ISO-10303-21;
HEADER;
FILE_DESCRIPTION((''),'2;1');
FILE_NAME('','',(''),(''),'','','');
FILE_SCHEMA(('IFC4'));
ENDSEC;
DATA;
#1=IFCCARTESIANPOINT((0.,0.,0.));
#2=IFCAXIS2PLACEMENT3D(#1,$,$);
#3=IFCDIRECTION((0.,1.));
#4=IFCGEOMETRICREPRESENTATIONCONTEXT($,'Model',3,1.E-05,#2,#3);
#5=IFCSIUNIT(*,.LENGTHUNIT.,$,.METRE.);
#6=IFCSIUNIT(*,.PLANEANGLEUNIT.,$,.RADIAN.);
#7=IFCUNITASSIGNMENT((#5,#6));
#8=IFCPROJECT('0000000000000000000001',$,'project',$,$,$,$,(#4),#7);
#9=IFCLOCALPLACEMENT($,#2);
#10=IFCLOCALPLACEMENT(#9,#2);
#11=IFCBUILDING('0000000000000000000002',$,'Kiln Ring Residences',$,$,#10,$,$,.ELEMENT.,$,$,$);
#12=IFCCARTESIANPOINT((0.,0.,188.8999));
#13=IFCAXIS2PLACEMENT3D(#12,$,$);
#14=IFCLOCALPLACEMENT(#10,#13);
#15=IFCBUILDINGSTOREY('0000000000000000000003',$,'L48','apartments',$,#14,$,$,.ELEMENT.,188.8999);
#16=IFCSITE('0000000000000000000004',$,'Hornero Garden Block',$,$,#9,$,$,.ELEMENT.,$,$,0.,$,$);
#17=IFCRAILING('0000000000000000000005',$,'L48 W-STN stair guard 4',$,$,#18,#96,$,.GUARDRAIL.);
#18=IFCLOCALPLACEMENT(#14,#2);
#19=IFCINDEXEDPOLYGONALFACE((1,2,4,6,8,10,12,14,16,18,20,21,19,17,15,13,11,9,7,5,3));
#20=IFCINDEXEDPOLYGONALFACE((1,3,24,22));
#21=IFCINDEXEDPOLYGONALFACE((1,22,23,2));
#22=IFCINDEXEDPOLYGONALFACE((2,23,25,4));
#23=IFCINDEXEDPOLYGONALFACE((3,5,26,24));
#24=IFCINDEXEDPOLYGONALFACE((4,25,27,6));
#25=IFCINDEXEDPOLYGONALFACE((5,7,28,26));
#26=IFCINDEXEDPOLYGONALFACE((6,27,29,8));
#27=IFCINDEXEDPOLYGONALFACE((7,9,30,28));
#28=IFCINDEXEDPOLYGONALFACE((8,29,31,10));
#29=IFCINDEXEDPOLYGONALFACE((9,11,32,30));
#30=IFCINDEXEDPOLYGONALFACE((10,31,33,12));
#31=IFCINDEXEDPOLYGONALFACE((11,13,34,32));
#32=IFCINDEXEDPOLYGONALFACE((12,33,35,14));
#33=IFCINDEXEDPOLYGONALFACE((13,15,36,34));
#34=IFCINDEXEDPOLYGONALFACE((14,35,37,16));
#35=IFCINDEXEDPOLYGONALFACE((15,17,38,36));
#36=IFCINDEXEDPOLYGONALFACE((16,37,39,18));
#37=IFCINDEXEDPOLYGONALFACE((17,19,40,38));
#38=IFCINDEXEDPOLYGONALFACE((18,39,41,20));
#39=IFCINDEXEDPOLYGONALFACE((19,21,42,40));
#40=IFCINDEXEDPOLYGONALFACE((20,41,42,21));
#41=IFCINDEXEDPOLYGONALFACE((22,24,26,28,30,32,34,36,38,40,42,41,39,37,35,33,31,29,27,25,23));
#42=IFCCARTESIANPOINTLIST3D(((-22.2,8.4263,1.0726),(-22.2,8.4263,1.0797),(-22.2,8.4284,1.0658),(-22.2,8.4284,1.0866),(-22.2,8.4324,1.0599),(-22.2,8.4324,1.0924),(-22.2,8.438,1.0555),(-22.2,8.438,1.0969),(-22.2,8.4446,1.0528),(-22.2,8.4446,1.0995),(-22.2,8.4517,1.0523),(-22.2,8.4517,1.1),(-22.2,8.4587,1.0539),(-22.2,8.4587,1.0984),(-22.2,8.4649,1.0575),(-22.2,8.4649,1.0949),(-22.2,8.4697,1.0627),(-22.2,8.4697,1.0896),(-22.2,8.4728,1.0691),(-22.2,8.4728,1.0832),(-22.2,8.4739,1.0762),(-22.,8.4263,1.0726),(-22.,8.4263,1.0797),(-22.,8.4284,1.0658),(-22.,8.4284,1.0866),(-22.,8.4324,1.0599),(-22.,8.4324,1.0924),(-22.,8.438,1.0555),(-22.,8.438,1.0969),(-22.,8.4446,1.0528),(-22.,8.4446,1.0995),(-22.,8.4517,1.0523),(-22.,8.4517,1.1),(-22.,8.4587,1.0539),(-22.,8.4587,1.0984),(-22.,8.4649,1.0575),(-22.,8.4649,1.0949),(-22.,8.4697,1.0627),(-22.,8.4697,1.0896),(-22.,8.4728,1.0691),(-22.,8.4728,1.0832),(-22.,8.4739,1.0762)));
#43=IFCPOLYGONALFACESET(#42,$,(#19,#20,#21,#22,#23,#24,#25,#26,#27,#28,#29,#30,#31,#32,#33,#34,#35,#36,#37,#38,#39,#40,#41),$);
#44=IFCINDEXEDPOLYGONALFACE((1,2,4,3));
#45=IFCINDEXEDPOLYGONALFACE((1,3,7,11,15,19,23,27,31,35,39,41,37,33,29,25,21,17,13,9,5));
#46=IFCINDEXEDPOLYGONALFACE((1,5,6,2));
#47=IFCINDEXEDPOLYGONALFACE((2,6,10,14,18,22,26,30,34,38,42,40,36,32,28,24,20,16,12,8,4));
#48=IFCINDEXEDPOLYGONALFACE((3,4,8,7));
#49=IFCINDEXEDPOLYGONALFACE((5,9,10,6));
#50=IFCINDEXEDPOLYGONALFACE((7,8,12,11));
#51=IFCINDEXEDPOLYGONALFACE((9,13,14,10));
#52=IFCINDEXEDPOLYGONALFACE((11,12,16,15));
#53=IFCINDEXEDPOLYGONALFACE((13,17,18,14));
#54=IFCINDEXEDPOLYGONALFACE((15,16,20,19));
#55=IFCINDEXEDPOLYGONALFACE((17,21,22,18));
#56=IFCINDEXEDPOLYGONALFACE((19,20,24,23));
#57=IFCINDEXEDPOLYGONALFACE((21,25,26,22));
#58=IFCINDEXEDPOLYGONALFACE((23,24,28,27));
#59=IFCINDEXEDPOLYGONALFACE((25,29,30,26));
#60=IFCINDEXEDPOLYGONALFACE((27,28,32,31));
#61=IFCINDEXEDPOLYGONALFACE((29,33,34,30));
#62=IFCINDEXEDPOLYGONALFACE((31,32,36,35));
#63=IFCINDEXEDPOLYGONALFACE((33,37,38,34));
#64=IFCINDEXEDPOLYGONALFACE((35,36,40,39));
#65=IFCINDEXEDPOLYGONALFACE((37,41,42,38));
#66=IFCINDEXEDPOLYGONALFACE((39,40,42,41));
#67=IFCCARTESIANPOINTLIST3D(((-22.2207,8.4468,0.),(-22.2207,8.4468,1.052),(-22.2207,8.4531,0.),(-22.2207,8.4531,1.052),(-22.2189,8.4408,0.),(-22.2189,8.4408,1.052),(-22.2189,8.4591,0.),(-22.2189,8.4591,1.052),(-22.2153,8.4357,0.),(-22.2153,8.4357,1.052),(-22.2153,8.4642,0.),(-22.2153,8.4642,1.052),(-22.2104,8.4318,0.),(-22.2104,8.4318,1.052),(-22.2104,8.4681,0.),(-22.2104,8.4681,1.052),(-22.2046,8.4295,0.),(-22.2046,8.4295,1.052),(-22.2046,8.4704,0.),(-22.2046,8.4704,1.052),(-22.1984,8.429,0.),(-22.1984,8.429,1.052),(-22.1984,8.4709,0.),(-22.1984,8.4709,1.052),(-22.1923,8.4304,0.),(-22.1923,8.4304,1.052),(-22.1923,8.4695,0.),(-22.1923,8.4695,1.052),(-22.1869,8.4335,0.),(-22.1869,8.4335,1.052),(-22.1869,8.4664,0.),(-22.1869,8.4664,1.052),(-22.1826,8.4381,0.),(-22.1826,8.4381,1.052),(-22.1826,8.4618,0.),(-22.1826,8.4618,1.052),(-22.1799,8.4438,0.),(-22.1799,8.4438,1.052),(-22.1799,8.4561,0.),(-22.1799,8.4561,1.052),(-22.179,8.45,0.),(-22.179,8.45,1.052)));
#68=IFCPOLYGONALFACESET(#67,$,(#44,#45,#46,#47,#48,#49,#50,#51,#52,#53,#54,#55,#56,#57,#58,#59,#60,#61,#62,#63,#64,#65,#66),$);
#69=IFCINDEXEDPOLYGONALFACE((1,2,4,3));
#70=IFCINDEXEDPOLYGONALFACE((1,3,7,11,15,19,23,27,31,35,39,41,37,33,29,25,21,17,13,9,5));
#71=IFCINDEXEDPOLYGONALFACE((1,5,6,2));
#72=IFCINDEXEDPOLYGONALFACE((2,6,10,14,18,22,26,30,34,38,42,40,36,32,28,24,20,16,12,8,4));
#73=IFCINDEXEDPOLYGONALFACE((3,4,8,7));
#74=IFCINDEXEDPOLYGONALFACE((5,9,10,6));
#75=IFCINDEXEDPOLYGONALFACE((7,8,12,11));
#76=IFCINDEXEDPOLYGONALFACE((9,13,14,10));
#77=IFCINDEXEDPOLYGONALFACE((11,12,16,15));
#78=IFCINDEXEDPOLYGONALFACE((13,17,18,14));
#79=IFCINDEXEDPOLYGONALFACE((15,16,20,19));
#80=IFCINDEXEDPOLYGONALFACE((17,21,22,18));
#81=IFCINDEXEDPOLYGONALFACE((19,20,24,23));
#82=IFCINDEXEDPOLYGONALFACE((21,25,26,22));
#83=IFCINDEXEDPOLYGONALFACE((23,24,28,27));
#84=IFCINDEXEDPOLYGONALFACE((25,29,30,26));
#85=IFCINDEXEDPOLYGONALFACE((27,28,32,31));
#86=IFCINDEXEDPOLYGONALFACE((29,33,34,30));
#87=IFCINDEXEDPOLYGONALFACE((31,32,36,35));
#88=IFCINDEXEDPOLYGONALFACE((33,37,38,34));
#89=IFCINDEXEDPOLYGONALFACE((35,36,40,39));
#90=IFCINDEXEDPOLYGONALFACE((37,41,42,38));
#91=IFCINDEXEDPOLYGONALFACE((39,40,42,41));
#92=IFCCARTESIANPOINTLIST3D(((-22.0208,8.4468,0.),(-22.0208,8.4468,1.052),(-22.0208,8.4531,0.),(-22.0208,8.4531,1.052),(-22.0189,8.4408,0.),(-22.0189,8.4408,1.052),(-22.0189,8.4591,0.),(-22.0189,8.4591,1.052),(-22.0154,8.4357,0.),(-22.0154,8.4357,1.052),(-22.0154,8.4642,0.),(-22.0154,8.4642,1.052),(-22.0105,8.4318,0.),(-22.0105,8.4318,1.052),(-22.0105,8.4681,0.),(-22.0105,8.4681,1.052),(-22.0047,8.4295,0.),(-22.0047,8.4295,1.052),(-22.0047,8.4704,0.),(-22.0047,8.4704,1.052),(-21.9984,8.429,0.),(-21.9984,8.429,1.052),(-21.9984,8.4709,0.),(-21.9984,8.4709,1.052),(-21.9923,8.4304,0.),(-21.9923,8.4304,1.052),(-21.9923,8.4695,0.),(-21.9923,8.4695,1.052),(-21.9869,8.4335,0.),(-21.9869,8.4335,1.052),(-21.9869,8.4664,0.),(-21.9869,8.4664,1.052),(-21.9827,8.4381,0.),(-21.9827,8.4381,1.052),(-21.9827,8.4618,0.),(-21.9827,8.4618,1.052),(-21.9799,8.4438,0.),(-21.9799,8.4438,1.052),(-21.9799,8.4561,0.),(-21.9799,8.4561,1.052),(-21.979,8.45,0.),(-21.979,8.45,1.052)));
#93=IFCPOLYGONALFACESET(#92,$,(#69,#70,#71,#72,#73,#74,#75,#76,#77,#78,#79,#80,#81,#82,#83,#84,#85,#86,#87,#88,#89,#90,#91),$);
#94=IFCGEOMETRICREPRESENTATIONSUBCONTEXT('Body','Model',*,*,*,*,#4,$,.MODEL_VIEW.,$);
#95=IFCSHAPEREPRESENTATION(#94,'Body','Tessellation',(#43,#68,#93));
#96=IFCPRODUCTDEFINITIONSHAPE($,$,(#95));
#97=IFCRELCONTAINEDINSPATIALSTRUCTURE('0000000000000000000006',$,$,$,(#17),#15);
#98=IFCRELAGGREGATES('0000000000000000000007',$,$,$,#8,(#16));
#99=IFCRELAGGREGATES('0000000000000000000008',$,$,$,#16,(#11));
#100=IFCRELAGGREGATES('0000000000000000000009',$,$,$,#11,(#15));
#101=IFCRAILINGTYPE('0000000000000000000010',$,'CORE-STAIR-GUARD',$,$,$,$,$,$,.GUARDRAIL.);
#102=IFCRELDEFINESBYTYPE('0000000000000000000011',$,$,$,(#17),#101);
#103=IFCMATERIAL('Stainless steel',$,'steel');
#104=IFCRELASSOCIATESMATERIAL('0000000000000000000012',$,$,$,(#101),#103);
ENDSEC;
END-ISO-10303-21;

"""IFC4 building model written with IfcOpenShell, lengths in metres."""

from ifc_helpers import new_model, si_unit, direction, frame, origin, origin_2d, place, context, subcontext, project, spatial, circle, extrude, material, type_object, element, save


model = new_model("IFC4")

# Units and contexts
model_context = context("Model", 3, precision=1e-05, world=origin(), true_north=direction((0.0, 1.0)))
body_context = subcontext(model_context, "Body", "Model", "MODEL_VIEW")
ifc_project = project(units=[si_unit("LENGTHUNIT", "METRE"), si_unit("PLANEANGLEUNIT", "RADIAN")], contexts=[model_context])

# Site, building, storey
site_placement = place(None, origin())
site = spatial("IfcSite", under=ifc_project, at=site_placement, Name="Hornero Garden Block", CompositionType="ELEMENT", RefElevation=0.0)
building_placement = place(site_placement, origin())
building = spatial("IfcBuilding", under=site, at=building_placement, Name="Kiln Ring Residences", CompositionType="ELEMENT")
storey_placement = place(building_placement, frame((0.0, 0.0, 188.8999)))
storey = spatial("IfcBuildingStorey", under=building, at=storey_placement, Name="L48", Description="apartments", CompositionType="ELEMENT", Elevation=188.8999)

# Railing
ifc_material_1 = material(Name="Stainless steel", Category="steel")
railing_type_1 = type_object("IfcRailingType", Name="CORE-STAIR-GUARD", PredefinedType="GUARDRAIL", material=ifc_material_1)
railing_1_placement = place(storey_placement, frame((-22.2, 8.45, 0.0)))
element("IfcRailing", 1, at=railing_1_placement, inside=storey, type_object=railing_type_1, Name="L48 W-STN stair guard 4", PredefinedType="GUARDRAIL", context=body_context, shape_type="SweptSolid", body=[
    extrude(circle(Radius=0.0239, at=origin_2d()), frame((0.0, 0.0, 1.0762), z_axis=(1.0, 0.0, 0.0), x_axis=(0.0, 1.0, 0.0)), (0.0, 0.0, 1.0), 0.2),
    extrude(circle(Radius=0.021, at=origin_2d()), origin(), (0.0, 0.0, 1.0), 1.052),
    extrude(circle(Radius=0.021, at=origin_2d()), frame((0.2, 0.0, 0.0)), (0.0, 0.0, 1.0), 1.052),
])

save(model, "model.ifc")
